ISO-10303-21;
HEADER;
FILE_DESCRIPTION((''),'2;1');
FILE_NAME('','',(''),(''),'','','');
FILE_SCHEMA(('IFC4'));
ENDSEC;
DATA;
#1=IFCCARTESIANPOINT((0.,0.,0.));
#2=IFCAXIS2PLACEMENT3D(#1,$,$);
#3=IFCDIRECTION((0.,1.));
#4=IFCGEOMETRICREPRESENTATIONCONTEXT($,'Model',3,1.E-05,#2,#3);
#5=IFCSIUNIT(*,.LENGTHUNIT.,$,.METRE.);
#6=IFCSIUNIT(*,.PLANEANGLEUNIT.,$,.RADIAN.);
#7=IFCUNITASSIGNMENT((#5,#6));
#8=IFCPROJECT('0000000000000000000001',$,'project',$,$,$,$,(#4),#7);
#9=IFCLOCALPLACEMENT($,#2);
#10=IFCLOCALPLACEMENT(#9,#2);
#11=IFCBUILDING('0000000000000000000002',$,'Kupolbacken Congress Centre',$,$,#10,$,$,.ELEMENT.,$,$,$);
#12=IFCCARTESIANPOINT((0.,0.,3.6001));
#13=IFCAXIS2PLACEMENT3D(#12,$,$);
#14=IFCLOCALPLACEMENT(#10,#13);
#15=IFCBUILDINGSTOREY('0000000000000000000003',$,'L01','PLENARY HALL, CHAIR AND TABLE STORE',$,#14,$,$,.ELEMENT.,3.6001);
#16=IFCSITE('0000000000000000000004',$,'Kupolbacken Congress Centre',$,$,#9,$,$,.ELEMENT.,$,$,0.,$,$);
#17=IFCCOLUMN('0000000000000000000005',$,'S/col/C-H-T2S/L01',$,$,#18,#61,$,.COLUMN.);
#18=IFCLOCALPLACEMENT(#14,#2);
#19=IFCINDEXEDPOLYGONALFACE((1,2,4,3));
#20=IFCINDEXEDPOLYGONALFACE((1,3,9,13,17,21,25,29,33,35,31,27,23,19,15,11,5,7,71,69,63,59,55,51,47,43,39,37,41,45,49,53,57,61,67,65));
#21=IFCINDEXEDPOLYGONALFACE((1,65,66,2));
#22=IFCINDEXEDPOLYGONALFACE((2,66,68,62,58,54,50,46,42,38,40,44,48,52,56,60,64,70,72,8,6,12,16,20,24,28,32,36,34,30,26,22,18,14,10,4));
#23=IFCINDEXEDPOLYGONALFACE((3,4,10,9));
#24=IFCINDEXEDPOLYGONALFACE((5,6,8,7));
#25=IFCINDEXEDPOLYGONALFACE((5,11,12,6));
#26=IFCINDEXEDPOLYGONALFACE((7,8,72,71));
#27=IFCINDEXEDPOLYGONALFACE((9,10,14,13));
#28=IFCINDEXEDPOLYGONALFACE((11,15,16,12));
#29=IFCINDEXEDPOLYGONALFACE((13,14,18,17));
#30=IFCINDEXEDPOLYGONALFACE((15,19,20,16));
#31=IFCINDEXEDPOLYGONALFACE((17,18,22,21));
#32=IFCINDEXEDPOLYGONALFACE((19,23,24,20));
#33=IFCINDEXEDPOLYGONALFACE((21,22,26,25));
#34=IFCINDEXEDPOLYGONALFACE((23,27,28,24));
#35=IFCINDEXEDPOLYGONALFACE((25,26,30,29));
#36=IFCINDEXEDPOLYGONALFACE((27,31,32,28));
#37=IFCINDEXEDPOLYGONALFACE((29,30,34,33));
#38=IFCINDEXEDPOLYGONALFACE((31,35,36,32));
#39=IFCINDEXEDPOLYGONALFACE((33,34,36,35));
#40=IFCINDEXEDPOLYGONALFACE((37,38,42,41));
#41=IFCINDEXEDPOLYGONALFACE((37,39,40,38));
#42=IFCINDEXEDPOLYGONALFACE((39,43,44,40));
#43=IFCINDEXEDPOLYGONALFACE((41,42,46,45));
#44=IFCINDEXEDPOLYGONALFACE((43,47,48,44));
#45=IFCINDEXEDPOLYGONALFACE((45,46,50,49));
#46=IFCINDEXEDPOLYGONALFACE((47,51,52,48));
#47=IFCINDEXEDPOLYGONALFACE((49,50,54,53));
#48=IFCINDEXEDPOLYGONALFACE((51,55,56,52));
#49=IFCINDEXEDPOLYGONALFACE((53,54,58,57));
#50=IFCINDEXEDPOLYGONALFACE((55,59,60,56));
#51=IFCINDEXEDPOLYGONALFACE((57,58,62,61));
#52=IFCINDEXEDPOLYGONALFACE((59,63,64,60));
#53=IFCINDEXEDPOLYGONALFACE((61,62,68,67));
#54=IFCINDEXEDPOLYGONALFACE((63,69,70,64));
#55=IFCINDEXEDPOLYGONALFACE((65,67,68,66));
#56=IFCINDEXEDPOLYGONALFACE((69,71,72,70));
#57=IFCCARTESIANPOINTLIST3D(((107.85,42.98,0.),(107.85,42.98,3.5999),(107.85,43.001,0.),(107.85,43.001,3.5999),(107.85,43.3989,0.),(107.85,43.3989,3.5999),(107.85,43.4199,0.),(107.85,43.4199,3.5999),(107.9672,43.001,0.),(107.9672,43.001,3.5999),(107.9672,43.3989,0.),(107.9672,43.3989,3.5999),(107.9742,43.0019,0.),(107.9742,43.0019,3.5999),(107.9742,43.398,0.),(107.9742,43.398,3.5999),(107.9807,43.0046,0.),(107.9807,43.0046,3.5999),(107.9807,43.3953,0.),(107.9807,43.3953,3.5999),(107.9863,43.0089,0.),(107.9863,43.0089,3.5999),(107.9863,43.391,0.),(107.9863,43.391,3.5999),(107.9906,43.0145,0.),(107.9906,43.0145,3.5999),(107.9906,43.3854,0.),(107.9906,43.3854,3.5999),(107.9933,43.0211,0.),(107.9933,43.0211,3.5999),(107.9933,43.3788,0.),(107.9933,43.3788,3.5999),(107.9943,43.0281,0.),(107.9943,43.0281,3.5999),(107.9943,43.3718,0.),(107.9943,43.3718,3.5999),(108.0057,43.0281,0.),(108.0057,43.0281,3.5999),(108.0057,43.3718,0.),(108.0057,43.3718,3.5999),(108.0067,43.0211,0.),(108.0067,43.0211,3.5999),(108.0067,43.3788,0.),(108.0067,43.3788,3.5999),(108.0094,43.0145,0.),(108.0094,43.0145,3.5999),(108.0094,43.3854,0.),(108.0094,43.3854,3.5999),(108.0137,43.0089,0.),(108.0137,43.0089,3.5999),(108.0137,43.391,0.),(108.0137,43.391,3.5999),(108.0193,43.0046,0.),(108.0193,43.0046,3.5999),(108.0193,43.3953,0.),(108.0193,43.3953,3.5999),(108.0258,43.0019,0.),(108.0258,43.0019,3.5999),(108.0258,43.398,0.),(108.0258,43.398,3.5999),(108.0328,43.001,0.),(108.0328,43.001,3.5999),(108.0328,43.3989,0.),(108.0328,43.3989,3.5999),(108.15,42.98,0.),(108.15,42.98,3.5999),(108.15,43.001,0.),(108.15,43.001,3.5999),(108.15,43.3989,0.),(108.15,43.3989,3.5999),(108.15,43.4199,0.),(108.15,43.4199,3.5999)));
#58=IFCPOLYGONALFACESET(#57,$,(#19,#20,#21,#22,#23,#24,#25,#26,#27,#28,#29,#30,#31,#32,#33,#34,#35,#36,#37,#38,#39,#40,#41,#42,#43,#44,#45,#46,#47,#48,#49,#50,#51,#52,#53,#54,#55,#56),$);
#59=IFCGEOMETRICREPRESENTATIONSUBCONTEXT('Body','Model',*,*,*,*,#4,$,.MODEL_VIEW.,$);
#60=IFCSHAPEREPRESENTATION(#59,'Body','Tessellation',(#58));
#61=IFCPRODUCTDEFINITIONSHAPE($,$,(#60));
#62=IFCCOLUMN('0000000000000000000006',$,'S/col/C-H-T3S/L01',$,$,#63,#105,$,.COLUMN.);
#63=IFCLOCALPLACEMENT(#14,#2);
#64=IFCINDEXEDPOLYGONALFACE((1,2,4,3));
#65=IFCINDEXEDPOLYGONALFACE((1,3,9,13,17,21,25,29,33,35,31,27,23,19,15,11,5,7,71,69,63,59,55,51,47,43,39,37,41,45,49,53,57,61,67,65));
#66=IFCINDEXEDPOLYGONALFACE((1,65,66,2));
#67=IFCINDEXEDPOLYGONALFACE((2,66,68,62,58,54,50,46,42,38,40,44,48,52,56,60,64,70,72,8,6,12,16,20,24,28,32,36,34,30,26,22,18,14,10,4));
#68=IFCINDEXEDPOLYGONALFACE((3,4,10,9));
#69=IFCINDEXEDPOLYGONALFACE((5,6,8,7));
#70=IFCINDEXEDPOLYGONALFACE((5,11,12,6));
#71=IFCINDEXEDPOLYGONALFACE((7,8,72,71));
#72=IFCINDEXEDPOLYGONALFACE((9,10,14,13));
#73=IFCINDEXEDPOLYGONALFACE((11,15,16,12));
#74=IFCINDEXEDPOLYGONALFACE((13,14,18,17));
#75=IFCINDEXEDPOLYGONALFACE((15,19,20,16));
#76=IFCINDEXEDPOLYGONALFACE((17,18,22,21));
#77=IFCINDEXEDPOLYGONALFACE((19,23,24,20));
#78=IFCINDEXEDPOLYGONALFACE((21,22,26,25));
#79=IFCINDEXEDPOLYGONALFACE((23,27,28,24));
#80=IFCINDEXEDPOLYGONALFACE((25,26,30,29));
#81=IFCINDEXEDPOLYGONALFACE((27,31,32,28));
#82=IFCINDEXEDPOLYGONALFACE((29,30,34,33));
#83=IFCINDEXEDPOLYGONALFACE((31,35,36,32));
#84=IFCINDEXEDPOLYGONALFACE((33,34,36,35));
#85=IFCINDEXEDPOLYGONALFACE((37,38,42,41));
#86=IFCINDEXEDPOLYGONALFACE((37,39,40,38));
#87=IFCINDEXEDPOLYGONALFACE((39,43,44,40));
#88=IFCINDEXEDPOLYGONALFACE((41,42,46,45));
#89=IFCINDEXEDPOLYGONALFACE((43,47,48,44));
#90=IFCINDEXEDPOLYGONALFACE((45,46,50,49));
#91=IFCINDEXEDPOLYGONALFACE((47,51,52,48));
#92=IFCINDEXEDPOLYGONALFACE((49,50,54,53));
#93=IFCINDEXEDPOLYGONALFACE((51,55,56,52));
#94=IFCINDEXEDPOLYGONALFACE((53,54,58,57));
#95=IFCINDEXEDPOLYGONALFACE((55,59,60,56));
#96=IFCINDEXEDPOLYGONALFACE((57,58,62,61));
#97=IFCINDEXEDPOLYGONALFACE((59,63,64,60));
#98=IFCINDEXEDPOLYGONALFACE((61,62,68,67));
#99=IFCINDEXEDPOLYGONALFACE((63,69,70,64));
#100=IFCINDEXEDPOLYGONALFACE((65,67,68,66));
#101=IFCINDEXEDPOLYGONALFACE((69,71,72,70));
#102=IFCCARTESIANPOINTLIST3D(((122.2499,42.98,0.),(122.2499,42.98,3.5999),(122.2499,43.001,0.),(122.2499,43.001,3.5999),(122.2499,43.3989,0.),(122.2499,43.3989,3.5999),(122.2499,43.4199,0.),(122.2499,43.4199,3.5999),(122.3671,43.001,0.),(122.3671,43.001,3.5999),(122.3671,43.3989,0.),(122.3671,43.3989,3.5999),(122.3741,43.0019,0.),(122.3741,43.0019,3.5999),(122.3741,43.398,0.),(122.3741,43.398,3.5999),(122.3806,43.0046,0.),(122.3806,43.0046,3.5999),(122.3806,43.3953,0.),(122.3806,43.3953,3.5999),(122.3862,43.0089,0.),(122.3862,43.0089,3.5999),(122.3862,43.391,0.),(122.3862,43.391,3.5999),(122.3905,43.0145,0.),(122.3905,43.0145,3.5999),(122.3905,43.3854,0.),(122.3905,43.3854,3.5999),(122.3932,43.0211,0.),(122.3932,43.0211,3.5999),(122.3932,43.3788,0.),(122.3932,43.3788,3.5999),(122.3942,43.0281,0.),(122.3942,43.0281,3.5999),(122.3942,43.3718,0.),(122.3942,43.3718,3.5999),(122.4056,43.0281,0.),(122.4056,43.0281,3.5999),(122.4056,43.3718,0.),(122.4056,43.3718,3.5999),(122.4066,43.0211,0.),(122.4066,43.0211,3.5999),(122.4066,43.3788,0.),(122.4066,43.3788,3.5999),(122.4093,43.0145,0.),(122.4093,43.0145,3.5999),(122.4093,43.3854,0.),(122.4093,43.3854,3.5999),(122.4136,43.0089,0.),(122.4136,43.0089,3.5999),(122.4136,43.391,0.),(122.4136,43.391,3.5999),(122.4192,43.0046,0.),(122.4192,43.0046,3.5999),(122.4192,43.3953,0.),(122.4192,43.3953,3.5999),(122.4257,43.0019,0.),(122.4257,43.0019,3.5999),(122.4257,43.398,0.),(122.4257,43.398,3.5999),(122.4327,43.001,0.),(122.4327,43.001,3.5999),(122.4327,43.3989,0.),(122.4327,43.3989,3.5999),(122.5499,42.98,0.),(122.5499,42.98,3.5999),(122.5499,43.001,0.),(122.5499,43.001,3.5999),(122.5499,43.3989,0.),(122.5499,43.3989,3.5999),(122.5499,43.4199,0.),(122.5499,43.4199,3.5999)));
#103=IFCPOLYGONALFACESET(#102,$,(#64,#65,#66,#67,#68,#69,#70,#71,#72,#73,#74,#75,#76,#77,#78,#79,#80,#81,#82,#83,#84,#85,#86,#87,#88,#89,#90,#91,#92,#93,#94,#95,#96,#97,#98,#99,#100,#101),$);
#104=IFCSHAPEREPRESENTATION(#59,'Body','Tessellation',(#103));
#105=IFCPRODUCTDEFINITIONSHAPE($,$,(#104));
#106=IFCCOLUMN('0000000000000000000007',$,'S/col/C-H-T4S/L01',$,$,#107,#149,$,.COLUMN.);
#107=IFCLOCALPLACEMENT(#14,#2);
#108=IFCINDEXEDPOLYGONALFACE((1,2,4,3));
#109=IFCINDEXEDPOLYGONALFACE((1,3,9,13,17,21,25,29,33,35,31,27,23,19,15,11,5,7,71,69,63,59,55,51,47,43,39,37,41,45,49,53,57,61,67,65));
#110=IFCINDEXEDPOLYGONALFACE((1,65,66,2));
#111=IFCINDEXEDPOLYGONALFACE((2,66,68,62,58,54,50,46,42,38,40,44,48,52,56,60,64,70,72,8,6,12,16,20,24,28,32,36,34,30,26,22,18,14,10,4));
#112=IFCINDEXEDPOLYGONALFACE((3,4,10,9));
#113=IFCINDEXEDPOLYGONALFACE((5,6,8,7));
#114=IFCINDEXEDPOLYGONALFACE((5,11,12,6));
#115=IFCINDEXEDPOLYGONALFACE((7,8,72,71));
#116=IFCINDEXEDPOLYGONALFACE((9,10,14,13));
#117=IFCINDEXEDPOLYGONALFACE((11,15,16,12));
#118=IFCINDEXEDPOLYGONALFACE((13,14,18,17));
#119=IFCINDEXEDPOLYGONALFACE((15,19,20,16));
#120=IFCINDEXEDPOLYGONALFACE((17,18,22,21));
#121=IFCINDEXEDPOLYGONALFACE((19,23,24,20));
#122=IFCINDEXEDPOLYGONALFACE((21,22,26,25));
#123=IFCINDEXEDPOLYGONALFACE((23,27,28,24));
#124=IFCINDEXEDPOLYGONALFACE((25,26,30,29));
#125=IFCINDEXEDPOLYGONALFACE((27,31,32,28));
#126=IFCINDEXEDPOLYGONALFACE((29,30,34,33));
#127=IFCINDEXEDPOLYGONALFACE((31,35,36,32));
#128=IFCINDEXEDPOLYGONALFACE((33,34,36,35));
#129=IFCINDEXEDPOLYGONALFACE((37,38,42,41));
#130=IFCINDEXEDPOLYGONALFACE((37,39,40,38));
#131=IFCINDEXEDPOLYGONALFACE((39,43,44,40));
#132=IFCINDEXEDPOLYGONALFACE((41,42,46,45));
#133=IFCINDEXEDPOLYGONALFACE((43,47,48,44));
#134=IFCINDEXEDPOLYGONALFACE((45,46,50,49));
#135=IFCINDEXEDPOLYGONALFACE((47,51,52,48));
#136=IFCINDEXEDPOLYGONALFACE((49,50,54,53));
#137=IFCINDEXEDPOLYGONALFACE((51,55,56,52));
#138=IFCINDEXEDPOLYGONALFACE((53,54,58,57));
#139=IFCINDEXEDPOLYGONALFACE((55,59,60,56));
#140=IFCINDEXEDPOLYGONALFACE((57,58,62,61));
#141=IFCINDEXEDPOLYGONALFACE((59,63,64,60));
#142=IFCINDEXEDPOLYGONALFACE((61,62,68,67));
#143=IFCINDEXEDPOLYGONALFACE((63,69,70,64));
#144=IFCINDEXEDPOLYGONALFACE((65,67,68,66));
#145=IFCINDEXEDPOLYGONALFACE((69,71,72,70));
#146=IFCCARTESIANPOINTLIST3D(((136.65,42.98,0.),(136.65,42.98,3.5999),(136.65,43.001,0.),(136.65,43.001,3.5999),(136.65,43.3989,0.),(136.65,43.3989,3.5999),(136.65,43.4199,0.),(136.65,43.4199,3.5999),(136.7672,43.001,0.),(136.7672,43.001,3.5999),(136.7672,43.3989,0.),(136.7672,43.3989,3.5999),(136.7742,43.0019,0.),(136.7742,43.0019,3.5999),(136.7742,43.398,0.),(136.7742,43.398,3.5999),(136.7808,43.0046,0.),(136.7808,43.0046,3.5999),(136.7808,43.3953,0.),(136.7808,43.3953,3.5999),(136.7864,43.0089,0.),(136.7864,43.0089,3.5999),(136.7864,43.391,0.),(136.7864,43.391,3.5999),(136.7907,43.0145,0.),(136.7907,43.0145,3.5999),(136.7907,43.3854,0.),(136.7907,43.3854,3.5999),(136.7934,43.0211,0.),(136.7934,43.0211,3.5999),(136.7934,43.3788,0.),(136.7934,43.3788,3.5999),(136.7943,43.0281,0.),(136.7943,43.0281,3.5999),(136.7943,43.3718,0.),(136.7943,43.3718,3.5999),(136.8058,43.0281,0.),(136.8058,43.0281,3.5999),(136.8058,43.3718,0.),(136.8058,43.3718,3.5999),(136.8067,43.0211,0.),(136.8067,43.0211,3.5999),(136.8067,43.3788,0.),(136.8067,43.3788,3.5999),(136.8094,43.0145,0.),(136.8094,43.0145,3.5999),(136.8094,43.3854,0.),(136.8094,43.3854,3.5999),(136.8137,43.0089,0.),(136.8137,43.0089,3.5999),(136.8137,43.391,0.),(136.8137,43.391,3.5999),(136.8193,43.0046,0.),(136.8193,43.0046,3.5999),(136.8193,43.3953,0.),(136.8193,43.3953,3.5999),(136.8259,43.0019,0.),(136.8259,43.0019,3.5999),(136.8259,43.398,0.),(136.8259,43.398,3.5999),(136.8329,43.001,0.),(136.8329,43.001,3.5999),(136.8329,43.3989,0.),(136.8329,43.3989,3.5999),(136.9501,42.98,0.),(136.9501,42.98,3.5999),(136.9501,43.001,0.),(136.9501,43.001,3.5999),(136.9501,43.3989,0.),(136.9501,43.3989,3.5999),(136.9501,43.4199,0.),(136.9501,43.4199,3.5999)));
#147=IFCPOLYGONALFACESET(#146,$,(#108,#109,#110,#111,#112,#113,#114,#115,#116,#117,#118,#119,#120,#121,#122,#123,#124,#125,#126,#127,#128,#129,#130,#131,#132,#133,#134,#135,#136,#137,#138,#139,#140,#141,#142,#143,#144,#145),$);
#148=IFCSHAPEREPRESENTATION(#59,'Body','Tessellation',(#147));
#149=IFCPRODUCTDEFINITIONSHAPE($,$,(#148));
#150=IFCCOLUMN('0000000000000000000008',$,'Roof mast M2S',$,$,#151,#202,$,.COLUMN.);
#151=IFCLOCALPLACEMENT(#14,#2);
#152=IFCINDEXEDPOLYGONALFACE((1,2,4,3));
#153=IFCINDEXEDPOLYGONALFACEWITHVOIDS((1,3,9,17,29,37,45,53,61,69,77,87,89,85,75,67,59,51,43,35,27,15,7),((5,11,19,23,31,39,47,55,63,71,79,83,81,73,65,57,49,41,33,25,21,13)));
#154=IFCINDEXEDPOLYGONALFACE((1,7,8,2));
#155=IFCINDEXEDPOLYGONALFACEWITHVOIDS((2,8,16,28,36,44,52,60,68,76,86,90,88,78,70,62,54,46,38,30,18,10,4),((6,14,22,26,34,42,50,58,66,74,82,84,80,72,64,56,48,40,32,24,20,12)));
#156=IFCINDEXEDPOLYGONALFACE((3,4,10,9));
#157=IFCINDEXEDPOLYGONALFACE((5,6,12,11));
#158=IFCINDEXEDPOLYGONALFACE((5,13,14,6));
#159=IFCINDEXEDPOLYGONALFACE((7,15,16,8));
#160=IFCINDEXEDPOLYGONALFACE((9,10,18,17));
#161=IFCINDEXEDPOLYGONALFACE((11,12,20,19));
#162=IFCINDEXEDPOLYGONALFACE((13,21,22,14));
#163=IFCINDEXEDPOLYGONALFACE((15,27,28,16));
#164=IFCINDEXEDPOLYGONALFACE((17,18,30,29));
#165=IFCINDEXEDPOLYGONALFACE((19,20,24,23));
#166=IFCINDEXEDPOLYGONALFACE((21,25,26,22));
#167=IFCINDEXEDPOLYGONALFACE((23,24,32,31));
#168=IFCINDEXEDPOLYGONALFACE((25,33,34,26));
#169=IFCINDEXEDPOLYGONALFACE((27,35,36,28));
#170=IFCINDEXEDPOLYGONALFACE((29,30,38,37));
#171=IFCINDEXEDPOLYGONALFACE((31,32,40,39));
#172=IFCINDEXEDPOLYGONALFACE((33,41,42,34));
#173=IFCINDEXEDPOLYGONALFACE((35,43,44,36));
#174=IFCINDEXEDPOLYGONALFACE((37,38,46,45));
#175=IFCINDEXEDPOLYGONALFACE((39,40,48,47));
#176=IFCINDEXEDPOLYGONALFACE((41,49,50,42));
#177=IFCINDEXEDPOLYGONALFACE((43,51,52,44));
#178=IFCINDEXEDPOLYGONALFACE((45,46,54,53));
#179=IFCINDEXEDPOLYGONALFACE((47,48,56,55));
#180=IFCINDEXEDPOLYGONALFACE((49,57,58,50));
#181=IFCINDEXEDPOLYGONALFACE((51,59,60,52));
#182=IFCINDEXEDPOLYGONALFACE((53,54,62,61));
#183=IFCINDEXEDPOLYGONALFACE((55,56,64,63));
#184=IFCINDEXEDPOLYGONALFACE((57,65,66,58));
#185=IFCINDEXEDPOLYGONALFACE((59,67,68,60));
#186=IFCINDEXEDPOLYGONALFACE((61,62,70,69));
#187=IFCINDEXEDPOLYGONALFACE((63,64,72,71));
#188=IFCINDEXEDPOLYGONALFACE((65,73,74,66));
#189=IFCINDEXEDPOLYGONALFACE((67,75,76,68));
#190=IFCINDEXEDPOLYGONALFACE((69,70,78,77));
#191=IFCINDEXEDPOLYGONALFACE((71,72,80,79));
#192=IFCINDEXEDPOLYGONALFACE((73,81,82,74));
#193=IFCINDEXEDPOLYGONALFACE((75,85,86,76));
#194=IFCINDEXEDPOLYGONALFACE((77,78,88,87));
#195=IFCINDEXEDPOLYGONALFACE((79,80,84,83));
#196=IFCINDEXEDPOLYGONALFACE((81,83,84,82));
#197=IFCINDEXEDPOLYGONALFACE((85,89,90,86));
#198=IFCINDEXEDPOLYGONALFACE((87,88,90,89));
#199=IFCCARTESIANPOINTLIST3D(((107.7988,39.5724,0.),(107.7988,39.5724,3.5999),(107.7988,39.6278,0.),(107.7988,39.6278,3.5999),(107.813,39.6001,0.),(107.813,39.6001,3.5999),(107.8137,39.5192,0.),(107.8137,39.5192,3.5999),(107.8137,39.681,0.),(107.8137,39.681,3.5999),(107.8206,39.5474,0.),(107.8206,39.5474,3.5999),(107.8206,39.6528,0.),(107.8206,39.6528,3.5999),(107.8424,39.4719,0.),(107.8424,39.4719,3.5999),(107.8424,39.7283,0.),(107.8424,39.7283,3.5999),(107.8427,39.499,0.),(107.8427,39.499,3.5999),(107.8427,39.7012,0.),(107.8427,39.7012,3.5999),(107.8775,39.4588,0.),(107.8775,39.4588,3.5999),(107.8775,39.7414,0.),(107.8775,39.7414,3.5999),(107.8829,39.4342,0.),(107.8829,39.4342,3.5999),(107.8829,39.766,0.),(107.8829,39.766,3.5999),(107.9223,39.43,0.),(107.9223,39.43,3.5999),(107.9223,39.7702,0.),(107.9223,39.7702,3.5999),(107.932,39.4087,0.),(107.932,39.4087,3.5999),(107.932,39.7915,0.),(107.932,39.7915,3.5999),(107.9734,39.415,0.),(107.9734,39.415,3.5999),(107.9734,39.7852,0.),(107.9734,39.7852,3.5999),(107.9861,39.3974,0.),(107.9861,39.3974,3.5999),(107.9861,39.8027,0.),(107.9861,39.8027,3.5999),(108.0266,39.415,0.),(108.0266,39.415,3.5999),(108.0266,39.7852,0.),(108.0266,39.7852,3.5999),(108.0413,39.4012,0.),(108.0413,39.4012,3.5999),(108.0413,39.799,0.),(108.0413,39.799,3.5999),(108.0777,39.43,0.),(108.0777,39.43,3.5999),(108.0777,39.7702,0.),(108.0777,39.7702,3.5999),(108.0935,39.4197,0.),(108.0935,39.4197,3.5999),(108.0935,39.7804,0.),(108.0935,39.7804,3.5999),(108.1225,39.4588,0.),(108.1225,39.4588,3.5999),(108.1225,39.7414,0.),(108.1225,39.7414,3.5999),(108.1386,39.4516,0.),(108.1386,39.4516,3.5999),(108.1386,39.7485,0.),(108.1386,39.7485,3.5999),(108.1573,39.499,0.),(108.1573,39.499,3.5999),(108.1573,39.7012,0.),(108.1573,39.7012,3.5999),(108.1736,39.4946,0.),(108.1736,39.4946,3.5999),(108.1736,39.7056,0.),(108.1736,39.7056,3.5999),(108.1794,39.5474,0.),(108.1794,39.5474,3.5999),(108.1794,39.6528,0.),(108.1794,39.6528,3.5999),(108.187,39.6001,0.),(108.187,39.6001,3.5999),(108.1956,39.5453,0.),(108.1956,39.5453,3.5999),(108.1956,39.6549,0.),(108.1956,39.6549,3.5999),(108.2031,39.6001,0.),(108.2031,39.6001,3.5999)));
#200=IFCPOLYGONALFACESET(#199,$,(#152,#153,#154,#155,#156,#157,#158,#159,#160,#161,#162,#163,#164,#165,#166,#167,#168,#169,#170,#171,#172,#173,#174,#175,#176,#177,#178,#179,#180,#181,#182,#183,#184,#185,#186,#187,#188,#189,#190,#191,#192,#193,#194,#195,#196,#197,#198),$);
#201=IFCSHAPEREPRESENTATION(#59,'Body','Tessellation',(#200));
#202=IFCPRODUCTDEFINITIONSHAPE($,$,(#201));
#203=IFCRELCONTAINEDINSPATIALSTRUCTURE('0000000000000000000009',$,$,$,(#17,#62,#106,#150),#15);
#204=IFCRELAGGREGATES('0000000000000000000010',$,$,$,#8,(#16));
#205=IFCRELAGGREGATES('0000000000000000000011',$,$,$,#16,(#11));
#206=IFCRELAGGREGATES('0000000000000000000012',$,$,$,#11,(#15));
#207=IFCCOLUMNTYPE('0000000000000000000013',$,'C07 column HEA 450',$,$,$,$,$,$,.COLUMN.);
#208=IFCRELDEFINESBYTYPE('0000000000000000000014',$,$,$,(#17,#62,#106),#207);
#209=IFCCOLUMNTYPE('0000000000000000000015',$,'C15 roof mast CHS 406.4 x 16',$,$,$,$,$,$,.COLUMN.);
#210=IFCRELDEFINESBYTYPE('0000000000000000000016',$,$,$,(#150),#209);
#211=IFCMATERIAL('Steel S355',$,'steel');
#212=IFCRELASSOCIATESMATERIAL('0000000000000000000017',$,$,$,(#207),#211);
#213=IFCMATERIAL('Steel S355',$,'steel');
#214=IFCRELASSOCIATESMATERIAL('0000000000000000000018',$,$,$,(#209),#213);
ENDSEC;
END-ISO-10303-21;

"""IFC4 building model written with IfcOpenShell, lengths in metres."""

from ifc_helpers import new_model, si_unit, direction, frame, origin, origin_2d, place, context, subcontext, project, spatial, hollow_circle, i_section, extrude, material, material_profile, profile_set, type_object, element, save


model = new_model("IFC4")

# Units and contexts
model_context = context("Model", 3, precision=1e-05, world=origin(), true_north=direction((0.0, 1.0)))
body_context = subcontext(model_context, "Body", "Model", "MODEL_VIEW")
ifc_project = project(units=[si_unit("LENGTHUNIT", "METRE"), si_unit("PLANEANGLEUNIT", "RADIAN")], contexts=[model_context])

# Site, building, storey
site_placement = place(None, origin())
site = spatial("IfcSite", under=ifc_project, at=site_placement, Name="Kupolbacken Congress Centre", CompositionType="ELEMENT", RefElevation=0.0)
building_placement = place(site_placement, origin())
building = spatial("IfcBuilding", under=site, at=building_placement, Name="Kupolbacken Congress Centre", CompositionType="ELEMENT")
storey_placement = place(building_placement, frame((0.0, 0.0, 3.6001)))
storey = spatial("IfcBuildingStorey", under=building, at=storey_placement, Name="L01", Description="PLENARY HALL, CHAIR AND TABLE STORE", CompositionType="ELEMENT", Elevation=3.6001)

# Columns
ifc_material_1 = material(Name="Steel S355", Category="steel")
ifc_material_profile_1 = material_profile(ifc_material_1, i_section(OverallWidth=0.3, OverallDepth=0.4399, WebThickness=0.0115, FlangeThickness=0.021, FilletRadius=0.0271, at=origin_2d()), Name="HEA 450")
ifc_profile_set_1 = profile_set([ifc_material_profile_1], Name="Steel S355")
column_type_1 = type_object("IfcColumnType", Name="C07 column HEA 450", PredefinedType="COLUMN", material=ifc_profile_set_1)
for number, where, z_axis, x_axis, name in (
    (1, (108.0, 43.2, 0.0), (0.0, 0.0, 1.0), (1.0, 0.0, 0.0), "S/col/C-H-T2S/L01"),
    (2, (122.3999, 43.2, 0.0), (0.0, 0.0, 1.0), (1.0, 0.0, 0.0), "S/col/C-H-T3S/L01"),
    (3, (136.8, 43.2, 0.0), (0.0, 0.0, 1.0), (1.0, 0.0, 0.0), "S/col/C-H-T4S/L01"),
):
    element("IfcColumn", number, at=place(storey_placement, frame(where, z_axis=z_axis, x_axis=x_axis)), inside=storey, type_object=column_type_1, Name=name, PredefinedType="COLUMN", context=body_context, shape_type="SweptSolid", body=[
        extrude(i_section(OverallWidth=0.3, OverallDepth=0.4399, WebThickness=0.0115, FlangeThickness=0.021, FilletRadius=0.0271, at=origin_2d()), origin(), (0.0, 0.0, 1.0), 3.5999),
    ])
ifc_material_2 = material(Name="Steel S355", Category="steel")
ifc_material_profile_2 = material_profile(ifc_material_2, hollow_circle(Radius=0.2031, WallThickness=0.0161, at=origin_2d()), Name="CHS 406.4 x 16")
ifc_profile_set_2 = profile_set([ifc_material_profile_2], Name="Steel S355")
column_type_2 = type_object("IfcColumnType", Name="C15 roof mast CHS 406.4 x 16", PredefinedType="COLUMN", material=ifc_profile_set_2)
for number, where, z_axis, x_axis, name in (
    (4, (108.0, 39.6001, 0.0), (0.0, 0.0, 1.0), (1.0, 0.0, 0.0), "Roof mast M2S"),
):
    element("IfcColumn", number, at=place(storey_placement, frame(where, z_axis=z_axis, x_axis=x_axis)), inside=storey, type_object=column_type_2, Name=name, PredefinedType="COLUMN", context=body_context, shape_type="SweptSolid", body=[
        extrude(hollow_circle(Radius=0.2031, WallThickness=0.0161, at=origin_2d()), origin(), (0.0, 0.0, 1.0), 3.5999),
    ])

save(model, "model.ifc")
